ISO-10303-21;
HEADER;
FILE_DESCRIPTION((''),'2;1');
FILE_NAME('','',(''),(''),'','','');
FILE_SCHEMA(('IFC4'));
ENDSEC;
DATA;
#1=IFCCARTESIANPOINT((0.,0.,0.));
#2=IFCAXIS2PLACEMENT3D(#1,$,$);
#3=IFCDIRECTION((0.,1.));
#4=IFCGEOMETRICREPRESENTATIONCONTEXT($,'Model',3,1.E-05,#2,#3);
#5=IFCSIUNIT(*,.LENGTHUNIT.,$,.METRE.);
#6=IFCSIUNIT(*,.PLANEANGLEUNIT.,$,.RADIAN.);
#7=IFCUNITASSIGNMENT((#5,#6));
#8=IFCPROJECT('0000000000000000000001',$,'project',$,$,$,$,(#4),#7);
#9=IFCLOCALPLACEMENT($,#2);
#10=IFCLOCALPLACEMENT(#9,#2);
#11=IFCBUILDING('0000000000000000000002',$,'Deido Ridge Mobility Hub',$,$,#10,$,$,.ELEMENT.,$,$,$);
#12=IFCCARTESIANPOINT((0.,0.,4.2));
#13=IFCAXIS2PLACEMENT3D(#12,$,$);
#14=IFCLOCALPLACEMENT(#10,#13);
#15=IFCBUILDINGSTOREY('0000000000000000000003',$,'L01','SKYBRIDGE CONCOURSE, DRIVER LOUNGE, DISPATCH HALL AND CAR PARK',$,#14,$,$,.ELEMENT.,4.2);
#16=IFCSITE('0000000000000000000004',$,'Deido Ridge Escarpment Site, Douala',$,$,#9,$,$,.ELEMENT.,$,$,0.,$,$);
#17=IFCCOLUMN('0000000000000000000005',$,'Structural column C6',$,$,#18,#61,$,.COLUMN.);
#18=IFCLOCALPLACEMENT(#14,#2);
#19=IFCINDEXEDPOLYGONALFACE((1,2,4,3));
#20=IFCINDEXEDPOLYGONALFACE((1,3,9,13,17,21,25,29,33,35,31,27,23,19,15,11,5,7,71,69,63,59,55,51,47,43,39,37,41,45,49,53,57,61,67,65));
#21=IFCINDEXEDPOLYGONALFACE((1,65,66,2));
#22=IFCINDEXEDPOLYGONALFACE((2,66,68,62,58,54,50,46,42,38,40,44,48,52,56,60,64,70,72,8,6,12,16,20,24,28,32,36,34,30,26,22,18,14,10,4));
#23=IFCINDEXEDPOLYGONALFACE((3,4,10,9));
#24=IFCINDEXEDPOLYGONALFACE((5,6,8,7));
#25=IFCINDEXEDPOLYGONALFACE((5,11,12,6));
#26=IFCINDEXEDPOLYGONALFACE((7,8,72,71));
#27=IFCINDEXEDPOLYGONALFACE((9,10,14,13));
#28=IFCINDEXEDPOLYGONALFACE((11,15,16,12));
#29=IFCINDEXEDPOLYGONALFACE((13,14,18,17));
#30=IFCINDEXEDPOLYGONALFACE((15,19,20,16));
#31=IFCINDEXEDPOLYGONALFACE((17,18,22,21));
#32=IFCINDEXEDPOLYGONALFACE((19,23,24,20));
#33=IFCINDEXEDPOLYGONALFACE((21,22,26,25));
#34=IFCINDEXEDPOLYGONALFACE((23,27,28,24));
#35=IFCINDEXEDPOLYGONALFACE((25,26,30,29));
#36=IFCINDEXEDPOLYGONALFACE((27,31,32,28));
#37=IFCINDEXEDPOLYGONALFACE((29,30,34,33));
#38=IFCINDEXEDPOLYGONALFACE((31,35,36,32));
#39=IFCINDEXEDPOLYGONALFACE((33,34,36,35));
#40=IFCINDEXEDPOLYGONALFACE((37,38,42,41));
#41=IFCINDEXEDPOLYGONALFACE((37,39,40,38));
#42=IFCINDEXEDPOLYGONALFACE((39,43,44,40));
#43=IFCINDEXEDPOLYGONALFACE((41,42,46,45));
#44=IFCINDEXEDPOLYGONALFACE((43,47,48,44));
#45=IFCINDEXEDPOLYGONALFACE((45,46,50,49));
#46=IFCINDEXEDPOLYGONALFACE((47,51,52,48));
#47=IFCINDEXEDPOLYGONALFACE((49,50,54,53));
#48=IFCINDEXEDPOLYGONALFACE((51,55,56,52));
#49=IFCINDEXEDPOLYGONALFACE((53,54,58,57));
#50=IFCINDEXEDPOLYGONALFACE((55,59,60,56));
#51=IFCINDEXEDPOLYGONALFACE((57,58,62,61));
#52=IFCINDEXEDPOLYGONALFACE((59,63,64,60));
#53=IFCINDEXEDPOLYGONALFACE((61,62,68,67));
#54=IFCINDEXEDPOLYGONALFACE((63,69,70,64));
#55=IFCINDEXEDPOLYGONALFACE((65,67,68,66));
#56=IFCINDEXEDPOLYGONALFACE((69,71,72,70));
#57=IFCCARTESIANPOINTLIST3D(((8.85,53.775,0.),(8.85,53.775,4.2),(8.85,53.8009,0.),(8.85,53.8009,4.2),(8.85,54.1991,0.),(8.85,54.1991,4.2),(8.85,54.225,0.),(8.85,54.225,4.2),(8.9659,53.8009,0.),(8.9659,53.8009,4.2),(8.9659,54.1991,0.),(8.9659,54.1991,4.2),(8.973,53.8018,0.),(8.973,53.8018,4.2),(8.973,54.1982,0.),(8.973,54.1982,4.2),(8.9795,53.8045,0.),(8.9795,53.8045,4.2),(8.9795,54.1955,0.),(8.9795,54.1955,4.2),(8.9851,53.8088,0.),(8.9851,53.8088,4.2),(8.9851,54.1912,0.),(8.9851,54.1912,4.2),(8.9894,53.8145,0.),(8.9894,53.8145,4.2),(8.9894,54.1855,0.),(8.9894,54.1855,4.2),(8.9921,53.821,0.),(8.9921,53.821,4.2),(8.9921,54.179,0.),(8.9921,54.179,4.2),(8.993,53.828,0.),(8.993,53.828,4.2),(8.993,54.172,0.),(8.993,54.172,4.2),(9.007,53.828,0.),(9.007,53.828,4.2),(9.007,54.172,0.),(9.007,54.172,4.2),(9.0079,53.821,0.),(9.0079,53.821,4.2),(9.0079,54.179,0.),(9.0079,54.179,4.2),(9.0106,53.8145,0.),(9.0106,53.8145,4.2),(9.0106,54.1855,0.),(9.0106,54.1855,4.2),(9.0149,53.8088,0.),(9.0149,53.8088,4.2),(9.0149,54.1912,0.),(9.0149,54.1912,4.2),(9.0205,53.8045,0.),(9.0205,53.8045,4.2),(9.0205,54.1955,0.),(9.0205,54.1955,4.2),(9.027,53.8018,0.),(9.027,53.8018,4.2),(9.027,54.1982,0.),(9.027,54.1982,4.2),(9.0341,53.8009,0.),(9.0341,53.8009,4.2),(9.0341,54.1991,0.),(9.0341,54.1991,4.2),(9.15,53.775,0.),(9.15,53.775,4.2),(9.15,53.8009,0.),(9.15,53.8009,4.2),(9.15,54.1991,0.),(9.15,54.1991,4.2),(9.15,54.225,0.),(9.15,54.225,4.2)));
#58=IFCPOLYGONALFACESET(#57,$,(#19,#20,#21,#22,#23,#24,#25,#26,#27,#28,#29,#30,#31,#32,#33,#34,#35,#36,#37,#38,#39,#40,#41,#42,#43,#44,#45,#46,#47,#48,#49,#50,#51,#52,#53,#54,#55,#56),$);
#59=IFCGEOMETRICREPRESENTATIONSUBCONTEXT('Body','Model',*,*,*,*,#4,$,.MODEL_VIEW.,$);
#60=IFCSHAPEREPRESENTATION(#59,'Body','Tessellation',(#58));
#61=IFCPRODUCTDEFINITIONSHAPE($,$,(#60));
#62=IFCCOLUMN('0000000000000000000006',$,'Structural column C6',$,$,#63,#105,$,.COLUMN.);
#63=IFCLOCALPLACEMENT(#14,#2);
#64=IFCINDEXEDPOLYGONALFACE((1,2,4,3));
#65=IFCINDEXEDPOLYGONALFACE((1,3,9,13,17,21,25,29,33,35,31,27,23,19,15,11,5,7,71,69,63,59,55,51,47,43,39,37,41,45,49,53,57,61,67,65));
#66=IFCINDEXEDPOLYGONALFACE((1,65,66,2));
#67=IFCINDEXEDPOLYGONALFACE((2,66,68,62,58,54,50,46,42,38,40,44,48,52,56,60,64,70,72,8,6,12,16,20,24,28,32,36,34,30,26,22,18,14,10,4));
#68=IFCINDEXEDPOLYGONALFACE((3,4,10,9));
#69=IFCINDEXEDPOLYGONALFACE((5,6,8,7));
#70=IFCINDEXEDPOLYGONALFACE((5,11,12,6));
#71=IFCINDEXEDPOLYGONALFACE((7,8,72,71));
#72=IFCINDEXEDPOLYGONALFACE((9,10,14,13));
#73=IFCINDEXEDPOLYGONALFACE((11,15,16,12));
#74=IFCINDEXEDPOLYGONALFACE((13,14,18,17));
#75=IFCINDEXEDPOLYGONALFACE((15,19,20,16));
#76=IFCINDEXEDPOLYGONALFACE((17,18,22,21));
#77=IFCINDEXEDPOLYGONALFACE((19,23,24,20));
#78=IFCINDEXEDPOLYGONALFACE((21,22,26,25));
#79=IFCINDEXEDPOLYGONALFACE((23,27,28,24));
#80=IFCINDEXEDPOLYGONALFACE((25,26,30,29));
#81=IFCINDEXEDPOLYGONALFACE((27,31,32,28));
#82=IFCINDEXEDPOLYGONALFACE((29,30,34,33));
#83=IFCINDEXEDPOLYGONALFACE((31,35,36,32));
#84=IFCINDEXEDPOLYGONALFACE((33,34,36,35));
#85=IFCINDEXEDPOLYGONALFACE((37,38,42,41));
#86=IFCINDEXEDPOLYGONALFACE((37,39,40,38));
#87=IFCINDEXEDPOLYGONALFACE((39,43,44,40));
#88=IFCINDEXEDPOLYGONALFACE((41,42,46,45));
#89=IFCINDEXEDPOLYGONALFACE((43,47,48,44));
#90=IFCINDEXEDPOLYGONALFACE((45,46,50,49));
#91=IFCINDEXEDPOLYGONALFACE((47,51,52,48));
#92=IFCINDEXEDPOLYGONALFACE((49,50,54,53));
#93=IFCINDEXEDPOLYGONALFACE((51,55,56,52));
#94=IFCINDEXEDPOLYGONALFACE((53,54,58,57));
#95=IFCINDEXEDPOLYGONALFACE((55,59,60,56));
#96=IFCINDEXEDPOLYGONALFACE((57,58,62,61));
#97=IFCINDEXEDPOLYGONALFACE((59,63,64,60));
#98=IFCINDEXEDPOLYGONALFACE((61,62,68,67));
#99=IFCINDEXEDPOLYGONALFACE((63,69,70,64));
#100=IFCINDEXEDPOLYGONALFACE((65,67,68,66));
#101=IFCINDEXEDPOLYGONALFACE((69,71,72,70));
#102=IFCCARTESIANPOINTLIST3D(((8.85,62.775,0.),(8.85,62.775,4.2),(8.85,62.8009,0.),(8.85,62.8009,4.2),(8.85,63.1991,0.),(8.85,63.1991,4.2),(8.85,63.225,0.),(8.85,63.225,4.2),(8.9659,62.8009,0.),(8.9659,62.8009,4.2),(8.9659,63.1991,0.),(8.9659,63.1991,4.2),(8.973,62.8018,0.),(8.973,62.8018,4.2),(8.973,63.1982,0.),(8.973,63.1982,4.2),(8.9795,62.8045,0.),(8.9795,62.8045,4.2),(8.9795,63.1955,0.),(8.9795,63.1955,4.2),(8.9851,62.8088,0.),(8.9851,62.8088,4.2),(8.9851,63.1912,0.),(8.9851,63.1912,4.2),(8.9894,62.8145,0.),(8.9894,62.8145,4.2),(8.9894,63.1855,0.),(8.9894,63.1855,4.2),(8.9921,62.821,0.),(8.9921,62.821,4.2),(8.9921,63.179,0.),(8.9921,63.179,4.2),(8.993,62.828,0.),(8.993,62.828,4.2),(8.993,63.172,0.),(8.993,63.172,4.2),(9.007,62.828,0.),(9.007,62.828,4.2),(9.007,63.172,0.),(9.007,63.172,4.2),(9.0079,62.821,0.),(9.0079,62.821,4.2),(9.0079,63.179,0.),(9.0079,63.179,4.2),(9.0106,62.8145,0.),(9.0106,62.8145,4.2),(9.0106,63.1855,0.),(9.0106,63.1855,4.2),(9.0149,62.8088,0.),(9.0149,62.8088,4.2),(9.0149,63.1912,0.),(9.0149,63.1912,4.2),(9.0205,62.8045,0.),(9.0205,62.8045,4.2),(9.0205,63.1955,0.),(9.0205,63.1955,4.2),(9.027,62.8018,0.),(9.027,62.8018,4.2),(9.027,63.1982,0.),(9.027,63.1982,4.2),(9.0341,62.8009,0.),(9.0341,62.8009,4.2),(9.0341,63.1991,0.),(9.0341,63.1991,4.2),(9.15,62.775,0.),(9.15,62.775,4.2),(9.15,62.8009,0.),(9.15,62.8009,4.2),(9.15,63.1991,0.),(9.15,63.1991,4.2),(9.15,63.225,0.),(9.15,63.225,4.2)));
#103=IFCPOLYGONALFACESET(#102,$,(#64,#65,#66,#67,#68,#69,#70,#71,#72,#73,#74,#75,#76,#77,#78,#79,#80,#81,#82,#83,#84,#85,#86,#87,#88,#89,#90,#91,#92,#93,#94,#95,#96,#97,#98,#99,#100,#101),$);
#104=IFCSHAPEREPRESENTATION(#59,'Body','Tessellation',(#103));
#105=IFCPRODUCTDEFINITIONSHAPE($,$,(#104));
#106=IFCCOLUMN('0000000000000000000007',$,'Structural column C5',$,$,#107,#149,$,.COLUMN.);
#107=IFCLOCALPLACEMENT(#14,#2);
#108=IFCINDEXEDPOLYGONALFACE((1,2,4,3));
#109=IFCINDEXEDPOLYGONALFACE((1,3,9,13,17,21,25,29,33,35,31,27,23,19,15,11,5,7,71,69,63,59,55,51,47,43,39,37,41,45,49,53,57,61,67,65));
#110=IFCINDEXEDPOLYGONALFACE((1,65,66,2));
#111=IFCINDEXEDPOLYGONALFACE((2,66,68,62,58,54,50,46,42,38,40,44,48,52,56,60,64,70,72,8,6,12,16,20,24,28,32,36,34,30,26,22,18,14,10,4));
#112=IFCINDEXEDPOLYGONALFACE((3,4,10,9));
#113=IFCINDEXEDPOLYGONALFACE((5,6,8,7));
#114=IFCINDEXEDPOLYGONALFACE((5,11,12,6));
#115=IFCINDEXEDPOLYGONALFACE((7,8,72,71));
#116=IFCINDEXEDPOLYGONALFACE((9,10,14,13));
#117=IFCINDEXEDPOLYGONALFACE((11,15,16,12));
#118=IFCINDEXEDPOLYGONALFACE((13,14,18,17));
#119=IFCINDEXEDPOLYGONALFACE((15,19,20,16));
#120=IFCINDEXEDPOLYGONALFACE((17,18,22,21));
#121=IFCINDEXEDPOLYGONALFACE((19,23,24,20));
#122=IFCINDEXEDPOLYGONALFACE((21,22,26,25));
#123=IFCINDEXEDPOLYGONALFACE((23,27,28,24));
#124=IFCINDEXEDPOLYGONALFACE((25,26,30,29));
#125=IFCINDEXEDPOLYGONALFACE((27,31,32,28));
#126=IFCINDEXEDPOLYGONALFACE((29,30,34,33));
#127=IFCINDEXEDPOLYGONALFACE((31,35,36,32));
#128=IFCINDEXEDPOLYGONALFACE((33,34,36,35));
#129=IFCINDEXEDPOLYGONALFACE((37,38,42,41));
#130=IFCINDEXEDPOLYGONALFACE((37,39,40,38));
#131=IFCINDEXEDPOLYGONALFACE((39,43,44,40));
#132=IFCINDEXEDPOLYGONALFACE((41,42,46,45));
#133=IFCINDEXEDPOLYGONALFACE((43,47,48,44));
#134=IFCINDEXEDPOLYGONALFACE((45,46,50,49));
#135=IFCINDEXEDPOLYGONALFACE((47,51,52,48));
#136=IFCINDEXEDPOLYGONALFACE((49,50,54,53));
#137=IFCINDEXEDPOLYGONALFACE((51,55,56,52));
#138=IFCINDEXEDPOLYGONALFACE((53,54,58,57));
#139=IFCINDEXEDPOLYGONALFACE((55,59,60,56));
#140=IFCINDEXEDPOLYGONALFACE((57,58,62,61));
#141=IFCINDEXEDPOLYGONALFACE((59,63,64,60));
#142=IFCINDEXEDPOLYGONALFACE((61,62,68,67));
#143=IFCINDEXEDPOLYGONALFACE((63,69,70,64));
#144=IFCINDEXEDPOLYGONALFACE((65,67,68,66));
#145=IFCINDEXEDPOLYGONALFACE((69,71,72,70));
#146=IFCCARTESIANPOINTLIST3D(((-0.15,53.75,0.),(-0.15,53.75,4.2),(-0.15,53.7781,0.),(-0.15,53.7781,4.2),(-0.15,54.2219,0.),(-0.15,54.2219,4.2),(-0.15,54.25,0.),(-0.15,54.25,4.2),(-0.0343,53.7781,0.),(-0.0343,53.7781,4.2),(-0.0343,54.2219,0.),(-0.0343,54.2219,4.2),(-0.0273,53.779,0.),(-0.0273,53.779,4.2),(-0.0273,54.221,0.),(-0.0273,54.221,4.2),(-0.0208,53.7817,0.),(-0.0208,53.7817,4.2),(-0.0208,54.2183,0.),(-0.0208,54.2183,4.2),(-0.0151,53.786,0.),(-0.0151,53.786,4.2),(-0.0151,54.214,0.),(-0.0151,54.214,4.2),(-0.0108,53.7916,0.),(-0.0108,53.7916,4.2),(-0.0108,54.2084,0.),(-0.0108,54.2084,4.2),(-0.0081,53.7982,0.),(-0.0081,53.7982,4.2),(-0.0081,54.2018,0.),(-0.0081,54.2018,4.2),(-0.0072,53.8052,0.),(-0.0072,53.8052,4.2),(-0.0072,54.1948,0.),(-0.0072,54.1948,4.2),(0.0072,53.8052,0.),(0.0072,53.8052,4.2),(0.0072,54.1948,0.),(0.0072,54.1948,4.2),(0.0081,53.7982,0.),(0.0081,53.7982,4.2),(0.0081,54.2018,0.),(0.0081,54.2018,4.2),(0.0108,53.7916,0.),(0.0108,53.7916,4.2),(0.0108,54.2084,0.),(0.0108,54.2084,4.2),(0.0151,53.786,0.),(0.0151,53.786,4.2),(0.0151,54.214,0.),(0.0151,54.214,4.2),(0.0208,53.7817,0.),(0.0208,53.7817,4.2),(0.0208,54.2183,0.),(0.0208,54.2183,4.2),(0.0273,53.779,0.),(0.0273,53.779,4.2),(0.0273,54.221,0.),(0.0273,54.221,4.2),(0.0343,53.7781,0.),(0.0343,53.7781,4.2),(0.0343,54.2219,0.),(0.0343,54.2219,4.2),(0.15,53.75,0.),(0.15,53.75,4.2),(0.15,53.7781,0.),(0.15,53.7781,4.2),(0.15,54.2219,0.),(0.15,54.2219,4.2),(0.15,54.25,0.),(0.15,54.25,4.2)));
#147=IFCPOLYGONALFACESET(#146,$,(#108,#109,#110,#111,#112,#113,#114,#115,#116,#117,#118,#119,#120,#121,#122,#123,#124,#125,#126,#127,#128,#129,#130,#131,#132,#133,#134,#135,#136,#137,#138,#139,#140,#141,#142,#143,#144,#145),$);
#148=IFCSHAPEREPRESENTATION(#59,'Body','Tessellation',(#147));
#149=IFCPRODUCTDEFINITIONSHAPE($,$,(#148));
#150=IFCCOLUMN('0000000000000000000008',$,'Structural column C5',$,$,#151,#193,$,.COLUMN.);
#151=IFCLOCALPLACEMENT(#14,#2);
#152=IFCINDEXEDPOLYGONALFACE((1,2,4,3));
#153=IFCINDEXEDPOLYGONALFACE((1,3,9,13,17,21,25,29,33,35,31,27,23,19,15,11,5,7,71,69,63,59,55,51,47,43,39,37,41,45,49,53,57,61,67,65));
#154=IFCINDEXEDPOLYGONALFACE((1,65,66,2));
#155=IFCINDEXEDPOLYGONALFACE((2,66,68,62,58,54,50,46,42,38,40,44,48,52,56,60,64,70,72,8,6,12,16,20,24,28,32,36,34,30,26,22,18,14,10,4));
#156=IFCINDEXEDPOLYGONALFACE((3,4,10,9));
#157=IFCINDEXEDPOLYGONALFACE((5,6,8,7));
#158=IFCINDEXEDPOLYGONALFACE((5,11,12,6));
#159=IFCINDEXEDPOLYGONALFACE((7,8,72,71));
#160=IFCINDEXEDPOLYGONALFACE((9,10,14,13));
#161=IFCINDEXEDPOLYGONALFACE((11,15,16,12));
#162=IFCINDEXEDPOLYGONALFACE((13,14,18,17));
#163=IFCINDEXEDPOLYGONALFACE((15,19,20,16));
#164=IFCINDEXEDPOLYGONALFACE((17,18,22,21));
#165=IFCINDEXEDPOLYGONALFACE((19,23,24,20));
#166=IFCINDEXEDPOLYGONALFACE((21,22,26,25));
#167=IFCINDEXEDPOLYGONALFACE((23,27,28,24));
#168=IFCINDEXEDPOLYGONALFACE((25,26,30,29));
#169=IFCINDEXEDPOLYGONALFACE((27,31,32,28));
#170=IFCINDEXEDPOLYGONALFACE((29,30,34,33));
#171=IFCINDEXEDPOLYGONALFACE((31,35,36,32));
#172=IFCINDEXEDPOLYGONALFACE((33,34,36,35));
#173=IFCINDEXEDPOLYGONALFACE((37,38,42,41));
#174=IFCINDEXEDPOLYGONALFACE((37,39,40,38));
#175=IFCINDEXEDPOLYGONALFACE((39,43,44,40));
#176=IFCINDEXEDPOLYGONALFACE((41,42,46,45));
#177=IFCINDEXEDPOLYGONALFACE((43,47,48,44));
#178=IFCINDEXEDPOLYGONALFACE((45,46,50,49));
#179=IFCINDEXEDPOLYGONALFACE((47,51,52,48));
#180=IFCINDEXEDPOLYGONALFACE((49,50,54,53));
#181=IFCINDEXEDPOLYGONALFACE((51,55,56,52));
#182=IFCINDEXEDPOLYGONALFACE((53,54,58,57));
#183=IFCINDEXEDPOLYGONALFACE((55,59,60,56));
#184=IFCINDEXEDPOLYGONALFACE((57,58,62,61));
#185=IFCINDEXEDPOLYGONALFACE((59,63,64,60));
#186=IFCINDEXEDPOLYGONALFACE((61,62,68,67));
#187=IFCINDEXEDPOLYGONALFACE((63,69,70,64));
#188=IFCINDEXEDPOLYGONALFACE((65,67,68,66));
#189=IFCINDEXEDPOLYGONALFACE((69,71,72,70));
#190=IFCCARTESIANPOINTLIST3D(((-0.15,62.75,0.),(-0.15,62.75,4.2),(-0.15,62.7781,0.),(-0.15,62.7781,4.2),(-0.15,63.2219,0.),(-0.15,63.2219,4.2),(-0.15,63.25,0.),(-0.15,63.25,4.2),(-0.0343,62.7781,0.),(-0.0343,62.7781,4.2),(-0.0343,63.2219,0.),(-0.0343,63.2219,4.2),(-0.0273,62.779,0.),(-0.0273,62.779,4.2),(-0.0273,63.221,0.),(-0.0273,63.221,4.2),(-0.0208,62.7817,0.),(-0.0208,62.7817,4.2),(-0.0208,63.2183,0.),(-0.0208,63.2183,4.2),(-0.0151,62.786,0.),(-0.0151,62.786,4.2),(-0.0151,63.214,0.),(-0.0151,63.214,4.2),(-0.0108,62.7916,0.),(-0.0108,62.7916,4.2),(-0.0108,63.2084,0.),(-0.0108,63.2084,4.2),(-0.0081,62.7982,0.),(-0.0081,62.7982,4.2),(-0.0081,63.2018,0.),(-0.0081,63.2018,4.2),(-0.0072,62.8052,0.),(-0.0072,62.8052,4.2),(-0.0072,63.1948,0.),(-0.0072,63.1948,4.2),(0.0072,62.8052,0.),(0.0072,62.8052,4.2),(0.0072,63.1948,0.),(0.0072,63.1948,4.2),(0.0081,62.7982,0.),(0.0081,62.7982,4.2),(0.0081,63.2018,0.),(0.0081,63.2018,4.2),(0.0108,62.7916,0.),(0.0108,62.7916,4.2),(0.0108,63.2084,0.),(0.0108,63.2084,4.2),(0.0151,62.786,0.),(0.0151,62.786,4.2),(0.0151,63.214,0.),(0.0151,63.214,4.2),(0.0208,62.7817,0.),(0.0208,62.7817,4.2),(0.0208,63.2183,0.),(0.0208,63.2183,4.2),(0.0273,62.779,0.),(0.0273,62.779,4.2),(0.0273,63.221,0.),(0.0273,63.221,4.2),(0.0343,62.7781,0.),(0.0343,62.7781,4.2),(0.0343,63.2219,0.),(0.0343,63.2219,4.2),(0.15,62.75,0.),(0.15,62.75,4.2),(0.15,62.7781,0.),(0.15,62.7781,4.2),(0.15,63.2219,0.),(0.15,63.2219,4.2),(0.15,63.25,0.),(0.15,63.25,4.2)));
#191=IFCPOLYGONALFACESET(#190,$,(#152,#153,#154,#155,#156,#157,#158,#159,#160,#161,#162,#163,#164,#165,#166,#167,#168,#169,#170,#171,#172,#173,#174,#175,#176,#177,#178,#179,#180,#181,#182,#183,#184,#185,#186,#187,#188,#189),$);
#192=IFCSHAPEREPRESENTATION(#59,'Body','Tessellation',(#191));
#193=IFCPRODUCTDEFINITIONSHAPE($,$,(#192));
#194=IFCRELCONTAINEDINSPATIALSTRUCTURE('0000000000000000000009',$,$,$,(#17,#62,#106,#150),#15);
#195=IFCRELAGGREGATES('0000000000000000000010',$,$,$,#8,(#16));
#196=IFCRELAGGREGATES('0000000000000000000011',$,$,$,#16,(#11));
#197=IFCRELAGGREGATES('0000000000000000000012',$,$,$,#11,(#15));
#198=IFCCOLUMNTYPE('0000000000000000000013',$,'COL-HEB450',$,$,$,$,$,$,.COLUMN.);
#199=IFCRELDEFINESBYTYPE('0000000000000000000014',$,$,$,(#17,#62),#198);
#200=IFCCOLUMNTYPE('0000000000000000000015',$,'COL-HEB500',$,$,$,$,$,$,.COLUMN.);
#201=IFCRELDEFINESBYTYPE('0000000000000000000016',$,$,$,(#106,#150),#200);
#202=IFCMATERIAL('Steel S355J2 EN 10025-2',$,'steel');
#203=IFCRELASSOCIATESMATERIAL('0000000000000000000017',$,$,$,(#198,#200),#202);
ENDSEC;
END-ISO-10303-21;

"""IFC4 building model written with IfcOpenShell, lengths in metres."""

from ifc_helpers import new_model, si_unit, direction, frame, origin, origin_2d, place, context, subcontext, project, spatial, i_section, extrude, material, material_profile, profile_set, type_object, element, save


model = new_model("IFC4")

# Units and contexts
model_context = context("Model", 3, precision=1e-05, world=origin(), true_north=direction((0.0, 1.0)))
body_context = subcontext(model_context, "Body", "Model", "MODEL_VIEW")
ifc_project = project(units=[si_unit("LENGTHUNIT", "METRE"), si_unit("PLANEANGLEUNIT", "RADIAN")], contexts=[model_context])

# Site, building, storey
site_placement = place(None, origin())
site = spatial("IfcSite", under=ifc_project, at=site_placement, Name="Deido Ridge Escarpment Site, Douala", CompositionType="ELEMENT", RefElevation=0.0)
building_placement = place(site_placement, origin())
building = spatial("IfcBuilding", under=site, at=building_placement, Name="Deido Ridge Mobility Hub", CompositionType="ELEMENT")
storey_placement = place(building_placement, frame((0.0, 0.0, 4.2)))
storey = spatial("IfcBuildingStorey", under=building, at=storey_placement, Name="L01", Description="SKYBRIDGE CONCOURSE, DRIVER LOUNGE, DISPATCH HALL AND CAR PARK", CompositionType="ELEMENT", Elevation=4.2)

# Columns
ifc_material_1 = material(Name="Steel S355J2 EN 10025-2", Category="steel")
ifc_material_profile_1 = material_profile(ifc_material_1, i_section(OverallWidth=0.3, OverallDepth=0.45, WebThickness=0.0139, FlangeThickness=0.0259, FilletRadius=0.0271, at=origin_2d()), Name="HEB 450")
ifc_profile_set_1 = profile_set([ifc_material_profile_1], Name="Steel S355J2 EN 10025-2")
column_type_1 = type_object("IfcColumnType", Name="COL-HEB450", PredefinedType="COLUMN", material=ifc_profile_set_1)
for number, where, z_axis, x_axis, name in (
    (1, (9.0, 54.0, 0.0), (0.0, 0.0, 1.0), (1.0, 0.0, 0.0), "Structural column C6"),
    (2, (9.0, 63.0, 0.0), (0.0, 0.0, 1.0), (1.0, 0.0, 0.0), "Structural column C6"),
):
    element("IfcColumn", number, at=place(storey_placement, frame(where, z_axis=z_axis, x_axis=x_axis)), inside=storey, type_object=column_type_1, Name=name, PredefinedType="COLUMN", context=body_context, shape_type="SweptSolid", body=[
        extrude(i_section(OverallWidth=0.3, OverallDepth=0.45, WebThickness=0.0139, FlangeThickness=0.0259, FilletRadius=0.0271, at=origin_2d()), origin(), (0.0, 0.0, 1.0), 4.2),
    ])
ifc_material_profile_2 = material_profile(ifc_material_1, i_section(OverallWidth=0.3, OverallDepth=0.5, WebThickness=0.0144, FlangeThickness=0.0281, FilletRadius=0.0271, at=origin_2d()), Name="HEB 500")
ifc_profile_set_2 = profile_set([ifc_material_profile_2], Name="Steel S355J2 EN 10025-2")
column_type_2 = type_object("IfcColumnType", Name="COL-HEB500", PredefinedType="COLUMN", material=ifc_profile_set_2)
for number, where, z_axis, x_axis, name in (
    (3, (0.0, 54.0, 0.0), (0.0, 0.0, 1.0), (1.0, 0.0, 0.0), "Structural column C5"),
    (4, (0.0, 63.0, 0.0), (0.0, 0.0, 1.0), (1.0, 0.0, 0.0), "Structural column C5"),
):
    element("IfcColumn", number, at=place(storey_placement, frame(where, z_axis=z_axis, x_axis=x_axis)), inside=storey, type_object=column_type_2, Name=name, PredefinedType="COLUMN", context=body_context, shape_type="SweptSolid", body=[
        extrude(i_section(OverallWidth=0.3, OverallDepth=0.5, WebThickness=0.0144, FlangeThickness=0.0281, FilletRadius=0.0271, at=origin_2d()), origin(), (0.0, 0.0, 1.0), 4.2),
    ])

save(model, "model.ifc")
